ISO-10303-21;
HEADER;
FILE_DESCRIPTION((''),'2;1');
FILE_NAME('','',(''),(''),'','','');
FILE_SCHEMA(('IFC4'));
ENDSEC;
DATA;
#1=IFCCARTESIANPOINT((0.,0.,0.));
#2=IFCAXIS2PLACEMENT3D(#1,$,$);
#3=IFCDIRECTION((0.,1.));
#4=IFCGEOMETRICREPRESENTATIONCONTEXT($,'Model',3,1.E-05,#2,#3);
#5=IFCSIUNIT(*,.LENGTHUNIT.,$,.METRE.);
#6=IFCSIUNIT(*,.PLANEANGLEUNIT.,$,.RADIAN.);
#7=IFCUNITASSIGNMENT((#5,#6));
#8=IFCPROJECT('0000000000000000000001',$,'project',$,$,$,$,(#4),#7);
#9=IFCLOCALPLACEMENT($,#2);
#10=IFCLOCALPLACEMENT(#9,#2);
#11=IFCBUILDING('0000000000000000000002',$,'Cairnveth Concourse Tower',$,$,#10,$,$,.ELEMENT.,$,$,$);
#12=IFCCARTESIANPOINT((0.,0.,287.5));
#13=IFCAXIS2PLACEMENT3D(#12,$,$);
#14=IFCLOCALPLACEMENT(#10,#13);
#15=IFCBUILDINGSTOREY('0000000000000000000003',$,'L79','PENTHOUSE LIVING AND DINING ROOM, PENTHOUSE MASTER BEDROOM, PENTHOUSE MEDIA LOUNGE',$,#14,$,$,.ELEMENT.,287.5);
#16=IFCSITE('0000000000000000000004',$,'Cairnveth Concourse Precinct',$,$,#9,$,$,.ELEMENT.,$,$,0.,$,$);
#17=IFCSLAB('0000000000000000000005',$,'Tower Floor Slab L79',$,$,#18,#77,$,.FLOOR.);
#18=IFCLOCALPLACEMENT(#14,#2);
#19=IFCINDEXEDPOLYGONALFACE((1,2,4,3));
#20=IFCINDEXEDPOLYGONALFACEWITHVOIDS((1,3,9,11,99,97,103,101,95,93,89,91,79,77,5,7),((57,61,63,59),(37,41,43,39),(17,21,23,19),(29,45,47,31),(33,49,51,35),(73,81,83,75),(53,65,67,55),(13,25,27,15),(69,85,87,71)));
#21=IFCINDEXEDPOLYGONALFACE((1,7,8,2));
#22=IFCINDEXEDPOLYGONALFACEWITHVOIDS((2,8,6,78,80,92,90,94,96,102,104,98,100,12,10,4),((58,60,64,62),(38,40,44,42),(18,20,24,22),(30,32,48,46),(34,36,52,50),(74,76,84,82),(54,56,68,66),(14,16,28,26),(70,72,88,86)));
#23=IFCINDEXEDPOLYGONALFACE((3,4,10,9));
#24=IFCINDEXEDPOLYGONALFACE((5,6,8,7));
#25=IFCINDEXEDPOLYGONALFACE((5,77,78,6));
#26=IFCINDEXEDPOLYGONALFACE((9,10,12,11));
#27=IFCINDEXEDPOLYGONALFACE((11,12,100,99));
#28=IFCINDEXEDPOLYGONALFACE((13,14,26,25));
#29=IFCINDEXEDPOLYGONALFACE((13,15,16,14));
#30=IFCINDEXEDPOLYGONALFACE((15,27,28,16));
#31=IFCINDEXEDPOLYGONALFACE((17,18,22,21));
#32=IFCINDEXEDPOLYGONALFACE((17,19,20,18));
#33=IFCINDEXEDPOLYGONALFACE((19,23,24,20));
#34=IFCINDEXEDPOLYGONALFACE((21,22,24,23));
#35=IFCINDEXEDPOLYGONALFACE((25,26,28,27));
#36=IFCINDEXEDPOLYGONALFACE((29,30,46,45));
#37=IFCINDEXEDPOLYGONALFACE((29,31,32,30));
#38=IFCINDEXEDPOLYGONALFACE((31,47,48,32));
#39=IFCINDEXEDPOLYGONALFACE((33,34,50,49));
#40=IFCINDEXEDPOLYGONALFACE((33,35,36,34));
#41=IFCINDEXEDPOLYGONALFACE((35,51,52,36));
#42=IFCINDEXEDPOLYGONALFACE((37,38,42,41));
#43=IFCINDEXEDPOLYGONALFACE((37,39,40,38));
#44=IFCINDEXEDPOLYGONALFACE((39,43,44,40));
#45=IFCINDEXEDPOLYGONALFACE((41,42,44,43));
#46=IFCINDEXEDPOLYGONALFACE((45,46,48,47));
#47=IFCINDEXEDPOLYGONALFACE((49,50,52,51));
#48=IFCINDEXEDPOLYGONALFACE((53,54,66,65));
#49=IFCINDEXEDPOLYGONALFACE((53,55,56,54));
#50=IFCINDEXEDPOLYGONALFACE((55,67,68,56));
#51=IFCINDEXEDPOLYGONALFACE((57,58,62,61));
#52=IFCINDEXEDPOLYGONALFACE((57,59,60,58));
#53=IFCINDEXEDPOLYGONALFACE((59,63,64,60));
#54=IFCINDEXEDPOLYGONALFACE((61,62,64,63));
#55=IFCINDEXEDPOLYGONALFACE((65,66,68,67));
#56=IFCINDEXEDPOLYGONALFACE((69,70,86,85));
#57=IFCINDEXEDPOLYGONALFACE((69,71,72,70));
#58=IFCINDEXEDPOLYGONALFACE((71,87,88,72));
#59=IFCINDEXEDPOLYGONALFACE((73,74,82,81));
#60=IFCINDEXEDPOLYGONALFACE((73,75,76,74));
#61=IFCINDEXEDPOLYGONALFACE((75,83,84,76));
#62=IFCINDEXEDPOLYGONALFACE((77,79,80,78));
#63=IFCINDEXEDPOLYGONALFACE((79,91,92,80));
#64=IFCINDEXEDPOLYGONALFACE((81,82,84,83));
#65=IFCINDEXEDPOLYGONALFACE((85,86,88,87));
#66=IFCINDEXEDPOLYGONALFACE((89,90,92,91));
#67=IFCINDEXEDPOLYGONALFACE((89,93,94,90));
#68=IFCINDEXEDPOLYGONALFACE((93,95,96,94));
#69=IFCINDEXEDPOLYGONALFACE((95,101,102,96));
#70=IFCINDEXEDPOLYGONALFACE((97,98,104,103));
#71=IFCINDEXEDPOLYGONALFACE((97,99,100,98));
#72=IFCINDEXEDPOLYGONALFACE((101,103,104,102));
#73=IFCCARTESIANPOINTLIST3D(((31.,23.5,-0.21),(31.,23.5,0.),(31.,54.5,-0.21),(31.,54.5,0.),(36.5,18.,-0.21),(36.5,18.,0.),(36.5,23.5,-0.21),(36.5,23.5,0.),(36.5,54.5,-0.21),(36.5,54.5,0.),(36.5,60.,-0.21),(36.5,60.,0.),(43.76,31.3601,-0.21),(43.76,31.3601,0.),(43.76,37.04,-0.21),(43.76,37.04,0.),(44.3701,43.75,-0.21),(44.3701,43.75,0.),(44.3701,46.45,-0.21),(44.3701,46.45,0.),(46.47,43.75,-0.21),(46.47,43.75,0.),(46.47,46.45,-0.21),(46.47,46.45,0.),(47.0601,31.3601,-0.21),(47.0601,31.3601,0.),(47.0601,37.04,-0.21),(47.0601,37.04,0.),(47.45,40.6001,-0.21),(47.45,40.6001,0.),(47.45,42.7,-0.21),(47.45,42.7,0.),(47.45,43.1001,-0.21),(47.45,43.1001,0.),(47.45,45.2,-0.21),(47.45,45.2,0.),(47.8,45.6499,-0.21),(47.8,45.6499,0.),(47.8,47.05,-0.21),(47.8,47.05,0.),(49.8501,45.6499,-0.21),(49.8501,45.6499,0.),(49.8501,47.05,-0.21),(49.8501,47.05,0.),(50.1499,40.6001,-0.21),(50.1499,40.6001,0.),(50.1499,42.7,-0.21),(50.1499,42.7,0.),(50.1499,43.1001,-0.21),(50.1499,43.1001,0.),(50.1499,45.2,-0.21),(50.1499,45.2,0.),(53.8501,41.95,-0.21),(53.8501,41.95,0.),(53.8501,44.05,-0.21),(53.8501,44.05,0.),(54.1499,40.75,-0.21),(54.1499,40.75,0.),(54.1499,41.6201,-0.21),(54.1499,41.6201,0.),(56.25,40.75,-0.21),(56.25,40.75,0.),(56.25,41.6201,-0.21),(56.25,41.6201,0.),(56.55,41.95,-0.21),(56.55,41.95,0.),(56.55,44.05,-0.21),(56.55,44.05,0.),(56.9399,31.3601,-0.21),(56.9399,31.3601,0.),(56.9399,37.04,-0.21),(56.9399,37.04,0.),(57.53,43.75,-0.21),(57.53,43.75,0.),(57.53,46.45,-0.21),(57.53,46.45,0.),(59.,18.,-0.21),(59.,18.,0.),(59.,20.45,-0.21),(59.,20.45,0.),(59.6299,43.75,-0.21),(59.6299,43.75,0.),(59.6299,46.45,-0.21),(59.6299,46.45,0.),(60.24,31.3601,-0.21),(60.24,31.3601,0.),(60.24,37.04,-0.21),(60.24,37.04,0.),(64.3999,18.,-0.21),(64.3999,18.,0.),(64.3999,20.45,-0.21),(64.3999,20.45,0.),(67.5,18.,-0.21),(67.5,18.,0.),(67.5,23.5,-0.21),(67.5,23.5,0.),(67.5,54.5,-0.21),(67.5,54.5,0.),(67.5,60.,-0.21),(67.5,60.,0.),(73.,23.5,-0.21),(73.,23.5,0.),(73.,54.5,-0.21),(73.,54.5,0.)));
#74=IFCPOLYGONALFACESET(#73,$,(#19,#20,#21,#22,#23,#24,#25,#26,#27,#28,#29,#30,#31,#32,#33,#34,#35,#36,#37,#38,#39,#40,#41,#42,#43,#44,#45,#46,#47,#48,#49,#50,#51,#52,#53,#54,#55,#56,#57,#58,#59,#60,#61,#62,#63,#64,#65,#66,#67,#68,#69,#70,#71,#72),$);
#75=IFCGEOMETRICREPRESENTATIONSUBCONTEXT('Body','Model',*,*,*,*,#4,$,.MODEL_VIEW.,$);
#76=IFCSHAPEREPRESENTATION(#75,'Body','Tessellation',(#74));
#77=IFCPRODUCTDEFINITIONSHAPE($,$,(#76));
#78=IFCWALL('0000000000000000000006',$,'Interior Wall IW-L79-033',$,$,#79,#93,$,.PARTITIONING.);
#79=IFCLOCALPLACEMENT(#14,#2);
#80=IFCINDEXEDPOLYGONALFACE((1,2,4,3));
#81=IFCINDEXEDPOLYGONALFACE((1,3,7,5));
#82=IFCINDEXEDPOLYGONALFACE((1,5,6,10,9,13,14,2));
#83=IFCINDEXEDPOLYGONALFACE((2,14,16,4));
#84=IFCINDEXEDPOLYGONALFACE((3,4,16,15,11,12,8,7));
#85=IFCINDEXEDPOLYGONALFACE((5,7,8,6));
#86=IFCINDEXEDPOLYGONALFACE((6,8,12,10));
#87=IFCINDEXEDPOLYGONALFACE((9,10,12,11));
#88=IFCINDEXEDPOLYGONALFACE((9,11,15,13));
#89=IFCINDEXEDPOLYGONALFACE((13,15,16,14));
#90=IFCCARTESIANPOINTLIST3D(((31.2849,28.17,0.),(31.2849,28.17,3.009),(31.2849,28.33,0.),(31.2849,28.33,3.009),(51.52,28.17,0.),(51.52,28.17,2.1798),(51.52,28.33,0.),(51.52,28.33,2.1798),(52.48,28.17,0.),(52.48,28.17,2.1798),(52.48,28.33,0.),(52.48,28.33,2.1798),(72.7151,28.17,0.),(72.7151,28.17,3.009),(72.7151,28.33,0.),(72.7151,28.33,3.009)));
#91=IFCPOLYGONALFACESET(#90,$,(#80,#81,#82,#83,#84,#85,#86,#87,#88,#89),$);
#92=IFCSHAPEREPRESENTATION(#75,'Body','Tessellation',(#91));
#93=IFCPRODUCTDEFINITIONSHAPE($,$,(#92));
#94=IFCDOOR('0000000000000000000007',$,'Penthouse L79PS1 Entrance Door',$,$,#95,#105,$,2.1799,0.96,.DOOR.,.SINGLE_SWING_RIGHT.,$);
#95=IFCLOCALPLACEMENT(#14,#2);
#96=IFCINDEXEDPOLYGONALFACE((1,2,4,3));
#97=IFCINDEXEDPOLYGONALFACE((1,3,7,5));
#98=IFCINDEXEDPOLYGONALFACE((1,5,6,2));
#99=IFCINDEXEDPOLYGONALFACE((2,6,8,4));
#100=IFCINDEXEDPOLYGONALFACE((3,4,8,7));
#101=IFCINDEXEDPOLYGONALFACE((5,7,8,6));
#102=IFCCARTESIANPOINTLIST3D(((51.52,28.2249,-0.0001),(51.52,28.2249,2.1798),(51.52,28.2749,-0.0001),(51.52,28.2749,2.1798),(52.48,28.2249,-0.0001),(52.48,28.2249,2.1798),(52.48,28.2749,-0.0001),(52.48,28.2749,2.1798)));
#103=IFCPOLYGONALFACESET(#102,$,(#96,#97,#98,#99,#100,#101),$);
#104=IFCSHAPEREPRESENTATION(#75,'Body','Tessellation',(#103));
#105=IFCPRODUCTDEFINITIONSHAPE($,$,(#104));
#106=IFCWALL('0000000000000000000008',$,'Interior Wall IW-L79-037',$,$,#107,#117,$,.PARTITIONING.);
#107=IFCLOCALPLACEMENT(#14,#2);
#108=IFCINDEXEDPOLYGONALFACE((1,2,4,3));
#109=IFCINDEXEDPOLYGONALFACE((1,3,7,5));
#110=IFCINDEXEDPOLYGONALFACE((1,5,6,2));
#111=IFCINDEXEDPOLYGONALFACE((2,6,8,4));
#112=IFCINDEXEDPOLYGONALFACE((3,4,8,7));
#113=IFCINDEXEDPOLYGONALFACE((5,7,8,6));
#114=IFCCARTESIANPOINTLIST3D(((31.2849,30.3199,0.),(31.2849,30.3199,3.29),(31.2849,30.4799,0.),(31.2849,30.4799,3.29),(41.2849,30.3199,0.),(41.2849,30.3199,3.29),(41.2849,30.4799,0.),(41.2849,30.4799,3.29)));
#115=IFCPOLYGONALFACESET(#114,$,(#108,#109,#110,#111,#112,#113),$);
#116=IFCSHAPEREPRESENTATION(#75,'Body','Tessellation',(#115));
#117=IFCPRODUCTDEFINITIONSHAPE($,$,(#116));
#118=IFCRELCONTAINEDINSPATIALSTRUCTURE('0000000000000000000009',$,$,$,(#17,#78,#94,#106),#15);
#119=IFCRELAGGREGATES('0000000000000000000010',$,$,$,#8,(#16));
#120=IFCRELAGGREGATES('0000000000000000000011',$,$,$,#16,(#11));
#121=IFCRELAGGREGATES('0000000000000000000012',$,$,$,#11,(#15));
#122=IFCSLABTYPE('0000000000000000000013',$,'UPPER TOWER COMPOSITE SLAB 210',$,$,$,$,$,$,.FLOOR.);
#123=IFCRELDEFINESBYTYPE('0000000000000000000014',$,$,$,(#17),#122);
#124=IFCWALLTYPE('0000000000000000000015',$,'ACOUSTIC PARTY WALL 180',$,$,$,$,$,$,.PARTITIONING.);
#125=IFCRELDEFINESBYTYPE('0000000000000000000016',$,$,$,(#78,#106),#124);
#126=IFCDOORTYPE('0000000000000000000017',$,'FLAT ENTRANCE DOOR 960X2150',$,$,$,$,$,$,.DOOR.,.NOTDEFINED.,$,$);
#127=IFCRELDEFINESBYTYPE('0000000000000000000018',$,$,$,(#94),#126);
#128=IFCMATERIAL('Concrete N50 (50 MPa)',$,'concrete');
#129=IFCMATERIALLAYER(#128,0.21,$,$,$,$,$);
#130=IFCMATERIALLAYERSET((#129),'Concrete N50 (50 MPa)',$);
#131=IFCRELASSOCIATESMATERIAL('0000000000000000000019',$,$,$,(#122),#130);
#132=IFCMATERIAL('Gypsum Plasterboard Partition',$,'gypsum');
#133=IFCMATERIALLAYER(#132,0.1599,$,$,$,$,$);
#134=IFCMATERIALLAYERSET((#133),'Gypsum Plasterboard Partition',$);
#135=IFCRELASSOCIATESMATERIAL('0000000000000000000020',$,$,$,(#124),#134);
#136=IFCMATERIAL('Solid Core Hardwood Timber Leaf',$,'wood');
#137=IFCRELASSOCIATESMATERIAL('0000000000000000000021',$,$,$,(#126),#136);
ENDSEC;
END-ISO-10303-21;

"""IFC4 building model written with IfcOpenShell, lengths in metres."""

from ifc_helpers import new_model, si_unit, direction, frame, frame_2d, origin, place, context, subcontext, project, spatial, polyline, rectangle, outline, extrude, material, layer, layer_set, type_object, element, fill, save


model = new_model("IFC4")

# Units and contexts
model_context = context("Model", 3, precision=1e-05, world=origin(), true_north=direction((0.0, 1.0)))
body_context = subcontext(model_context, "Body", "Model", "MODEL_VIEW")
ifc_project = project(units=[si_unit("LENGTHUNIT", "METRE"), si_unit("PLANEANGLEUNIT", "RADIAN")], contexts=[model_context])

# Site, building, storey
site_placement = place(None, origin())
site = spatial("IfcSite", under=ifc_project, at=site_placement, Name="Cairnveth Concourse Precinct", CompositionType="ELEMENT", RefElevation=0.0)
building_placement = place(site_placement, origin())
building = spatial("IfcBuilding", under=site, at=building_placement, Name="Cairnveth Concourse Tower", CompositionType="ELEMENT")
storey_placement = place(building_placement, frame((0.0, 0.0, 287.5)))
storey = spatial("IfcBuildingStorey", under=building, at=storey_placement, Name="L79", Description="PENTHOUSE LIVING AND DINING ROOM, PENTHOUSE MASTER BEDROOM, PENTHOUSE MEDIA LOUNGE", CompositionType="ELEMENT", Elevation=287.5)

# Shared definitions
ifc_material_1 = material(Name="Concrete N50 (50 MPa)", Category="concrete")

# Slab
ifc_layer_1 = layer(ifc_material_1, 0.21)
ifc_layer_set_1 = layer_set([ifc_layer_1], Name="Concrete N50 (50 MPa)")
slab_type_1 = type_object("IfcSlabType", Name="UPPER TOWER COMPOSITE SLAB 210", PredefinedType="FLOOR", material=ifc_layer_set_1)
slab_1_placement = place(storey_placement, frame((0.0, 0.0, -0.21)))
element("IfcSlab", 1, at=slab_1_placement, inside=storey, type_object=slab_type_1, Name="Tower Floor Slab L79", PredefinedType="FLOOR", context=body_context, shape_type="SweptSolid", body=[
    extrude(outline(polyline([(59.0, 18.0), (59.0, 20.45), (64.3999, 20.45), (64.3999, 18.0), (67.5, 18.0), (67.5, 23.5), (73.0, 23.5), (73.0, 54.5), (67.5, 54.5), (67.5, 60.0), (36.5, 60.0), (36.5, 54.5), (31.0, 54.5), (31.0, 23.5), (36.5, 23.5), (36.5, 18.0), (59.0, 18.0)]), holes=[polyline([(43.76, 31.3601), (47.0601, 31.3601), (47.0601, 37.04), (43.76, 37.04), (43.76, 31.3601)]), polyline([(56.9399, 31.3601), (60.24, 31.3601), (60.24, 37.04), (56.9399, 37.04), (56.9399, 31.3601)]), polyline([(44.3701, 43.75), (46.47, 43.75), (46.47, 46.45), (44.3701, 46.45), (44.3701, 43.75)]), polyline([(57.53, 43.75), (59.6299, 43.75), (59.6299, 46.45), (57.53, 46.45), (57.53, 43.75)]), polyline([(47.45, 40.6001), (50.1499, 40.6001), (50.1499, 42.7), (47.45, 42.7), (47.45, 40.6001)]), polyline([(47.45, 43.1001), (50.1499, 43.1001), (50.1499, 45.2), (47.45, 45.2), (47.45, 43.1001)]), polyline([(53.8501, 41.95), (56.55, 41.95), (56.55, 44.05), (53.8501, 44.05), (53.8501, 41.95)]), polyline([(47.8, 45.6499), (49.8501, 45.6499), (49.8501, 47.05), (47.8, 47.05), (47.8, 45.6499)]), polyline([(54.1499, 40.75), (56.25, 40.75), (56.25, 41.6201), (54.1499, 41.6201), (54.1499, 40.75)])]), origin(), (0.0, 0.0, 1.0), 0.21),
])

# Wall, opening, door
ifc_material_2 = material(Name="Gypsum Plasterboard Partition", Category="gypsum")
ifc_layer_2 = layer(ifc_material_2, 0.1599)
ifc_layer_set_2 = layer_set([ifc_layer_2], Name="Gypsum Plasterboard Partition")
wall_type_1 = type_object("IfcWallType", Name="ACOUSTIC PARTY WALL 180", PredefinedType="PARTITIONING", material=ifc_layer_set_2)
wall_1_placement = place(storey_placement, frame((31.2849, 28.25, 0.0), z_axis=(0.0, 0.0, 1.0), x_axis=(1.0, 0.0, 0.0)))
wall_1 = element("IfcWall", 2, at=wall_1_placement, inside=storey, type_object=wall_type_1, Name="Interior Wall IW-L79-033", PredefinedType="PARTITIONING", context=body_context, shape_type="SweptSolid", body=[
    extrude(rectangle(XDim=41.4302, YDim=0.1599, at=frame_2d((20.7151, 0.0))), origin(), (0.0, 0.0, 1.0), 3.009),
])
opening_1_placement = place(wall_1_placement, frame((20.2351, 0.0, 0.0)))
opening_1 = element("IfcOpeningElement", 3, at=opening_1_placement, cuts=wall_1, PredefinedType="OPENING", context=body_context, shape_type="SweptSolid", body=[
    extrude(rectangle(XDim=0.96, YDim=2.1799, at=frame_2d((0.48, 1.0898))), frame((0.0, 0.0898, 0.0), z_axis=(0.0, -1.0, 0.0), x_axis=(1.0, 0.0, 0.0)), (0.0, 0.0, 1.0), 0.1799),
])
ifc_material_3 = material(Name="Solid Core Hardwood Timber Leaf", Category="wood")
door_type = type_object("IfcDoorType", Name="FLAT ENTRANCE DOOR 960X2150", OperationType="NOTDEFINED", PredefinedType="DOOR", material=ifc_material_3)
door_placement = place(opening_1_placement, origin())
door = element("IfcDoor", 4, at=door_placement, inside=storey, type_object=door_type, Name="Penthouse L79PS1 Entrance Door", OperationType="SINGLE_SWING_RIGHT", OverallHeight=2.1799, OverallWidth=0.96, PredefinedType="DOOR", context=body_context, shape_type="SweptSolid", body=[
    extrude(rectangle(XDim=0.96, YDim=2.1799, at=frame_2d((0.48, 1.0898))), frame((0.0, 0.0249, 0.0), z_axis=(0.0, -1.0, 0.0), x_axis=(1.0, 0.0, 0.0)), (0.0, 0.0, 1.0), 0.05),
])
fill(opening_1, door)

# Wall
wall_2_placement = place(storey_placement, frame((31.2849, 30.3999, 0.0), z_axis=(0.0, 0.0, 1.0), x_axis=(1.0, 0.0, 0.0)))
element("IfcWall", 5, at=wall_2_placement, inside=storey, type_object=wall_type_1, Name="Interior Wall IW-L79-037", PredefinedType="PARTITIONING", context=body_context, shape_type="SweptSolid", body=[
    extrude(rectangle(XDim=10.0, YDim=0.1599, at=frame_2d((5.0, 0.0))), origin(), (0.0, 0.0, 1.0), 3.29),
])

save(model, "model.ifc")
